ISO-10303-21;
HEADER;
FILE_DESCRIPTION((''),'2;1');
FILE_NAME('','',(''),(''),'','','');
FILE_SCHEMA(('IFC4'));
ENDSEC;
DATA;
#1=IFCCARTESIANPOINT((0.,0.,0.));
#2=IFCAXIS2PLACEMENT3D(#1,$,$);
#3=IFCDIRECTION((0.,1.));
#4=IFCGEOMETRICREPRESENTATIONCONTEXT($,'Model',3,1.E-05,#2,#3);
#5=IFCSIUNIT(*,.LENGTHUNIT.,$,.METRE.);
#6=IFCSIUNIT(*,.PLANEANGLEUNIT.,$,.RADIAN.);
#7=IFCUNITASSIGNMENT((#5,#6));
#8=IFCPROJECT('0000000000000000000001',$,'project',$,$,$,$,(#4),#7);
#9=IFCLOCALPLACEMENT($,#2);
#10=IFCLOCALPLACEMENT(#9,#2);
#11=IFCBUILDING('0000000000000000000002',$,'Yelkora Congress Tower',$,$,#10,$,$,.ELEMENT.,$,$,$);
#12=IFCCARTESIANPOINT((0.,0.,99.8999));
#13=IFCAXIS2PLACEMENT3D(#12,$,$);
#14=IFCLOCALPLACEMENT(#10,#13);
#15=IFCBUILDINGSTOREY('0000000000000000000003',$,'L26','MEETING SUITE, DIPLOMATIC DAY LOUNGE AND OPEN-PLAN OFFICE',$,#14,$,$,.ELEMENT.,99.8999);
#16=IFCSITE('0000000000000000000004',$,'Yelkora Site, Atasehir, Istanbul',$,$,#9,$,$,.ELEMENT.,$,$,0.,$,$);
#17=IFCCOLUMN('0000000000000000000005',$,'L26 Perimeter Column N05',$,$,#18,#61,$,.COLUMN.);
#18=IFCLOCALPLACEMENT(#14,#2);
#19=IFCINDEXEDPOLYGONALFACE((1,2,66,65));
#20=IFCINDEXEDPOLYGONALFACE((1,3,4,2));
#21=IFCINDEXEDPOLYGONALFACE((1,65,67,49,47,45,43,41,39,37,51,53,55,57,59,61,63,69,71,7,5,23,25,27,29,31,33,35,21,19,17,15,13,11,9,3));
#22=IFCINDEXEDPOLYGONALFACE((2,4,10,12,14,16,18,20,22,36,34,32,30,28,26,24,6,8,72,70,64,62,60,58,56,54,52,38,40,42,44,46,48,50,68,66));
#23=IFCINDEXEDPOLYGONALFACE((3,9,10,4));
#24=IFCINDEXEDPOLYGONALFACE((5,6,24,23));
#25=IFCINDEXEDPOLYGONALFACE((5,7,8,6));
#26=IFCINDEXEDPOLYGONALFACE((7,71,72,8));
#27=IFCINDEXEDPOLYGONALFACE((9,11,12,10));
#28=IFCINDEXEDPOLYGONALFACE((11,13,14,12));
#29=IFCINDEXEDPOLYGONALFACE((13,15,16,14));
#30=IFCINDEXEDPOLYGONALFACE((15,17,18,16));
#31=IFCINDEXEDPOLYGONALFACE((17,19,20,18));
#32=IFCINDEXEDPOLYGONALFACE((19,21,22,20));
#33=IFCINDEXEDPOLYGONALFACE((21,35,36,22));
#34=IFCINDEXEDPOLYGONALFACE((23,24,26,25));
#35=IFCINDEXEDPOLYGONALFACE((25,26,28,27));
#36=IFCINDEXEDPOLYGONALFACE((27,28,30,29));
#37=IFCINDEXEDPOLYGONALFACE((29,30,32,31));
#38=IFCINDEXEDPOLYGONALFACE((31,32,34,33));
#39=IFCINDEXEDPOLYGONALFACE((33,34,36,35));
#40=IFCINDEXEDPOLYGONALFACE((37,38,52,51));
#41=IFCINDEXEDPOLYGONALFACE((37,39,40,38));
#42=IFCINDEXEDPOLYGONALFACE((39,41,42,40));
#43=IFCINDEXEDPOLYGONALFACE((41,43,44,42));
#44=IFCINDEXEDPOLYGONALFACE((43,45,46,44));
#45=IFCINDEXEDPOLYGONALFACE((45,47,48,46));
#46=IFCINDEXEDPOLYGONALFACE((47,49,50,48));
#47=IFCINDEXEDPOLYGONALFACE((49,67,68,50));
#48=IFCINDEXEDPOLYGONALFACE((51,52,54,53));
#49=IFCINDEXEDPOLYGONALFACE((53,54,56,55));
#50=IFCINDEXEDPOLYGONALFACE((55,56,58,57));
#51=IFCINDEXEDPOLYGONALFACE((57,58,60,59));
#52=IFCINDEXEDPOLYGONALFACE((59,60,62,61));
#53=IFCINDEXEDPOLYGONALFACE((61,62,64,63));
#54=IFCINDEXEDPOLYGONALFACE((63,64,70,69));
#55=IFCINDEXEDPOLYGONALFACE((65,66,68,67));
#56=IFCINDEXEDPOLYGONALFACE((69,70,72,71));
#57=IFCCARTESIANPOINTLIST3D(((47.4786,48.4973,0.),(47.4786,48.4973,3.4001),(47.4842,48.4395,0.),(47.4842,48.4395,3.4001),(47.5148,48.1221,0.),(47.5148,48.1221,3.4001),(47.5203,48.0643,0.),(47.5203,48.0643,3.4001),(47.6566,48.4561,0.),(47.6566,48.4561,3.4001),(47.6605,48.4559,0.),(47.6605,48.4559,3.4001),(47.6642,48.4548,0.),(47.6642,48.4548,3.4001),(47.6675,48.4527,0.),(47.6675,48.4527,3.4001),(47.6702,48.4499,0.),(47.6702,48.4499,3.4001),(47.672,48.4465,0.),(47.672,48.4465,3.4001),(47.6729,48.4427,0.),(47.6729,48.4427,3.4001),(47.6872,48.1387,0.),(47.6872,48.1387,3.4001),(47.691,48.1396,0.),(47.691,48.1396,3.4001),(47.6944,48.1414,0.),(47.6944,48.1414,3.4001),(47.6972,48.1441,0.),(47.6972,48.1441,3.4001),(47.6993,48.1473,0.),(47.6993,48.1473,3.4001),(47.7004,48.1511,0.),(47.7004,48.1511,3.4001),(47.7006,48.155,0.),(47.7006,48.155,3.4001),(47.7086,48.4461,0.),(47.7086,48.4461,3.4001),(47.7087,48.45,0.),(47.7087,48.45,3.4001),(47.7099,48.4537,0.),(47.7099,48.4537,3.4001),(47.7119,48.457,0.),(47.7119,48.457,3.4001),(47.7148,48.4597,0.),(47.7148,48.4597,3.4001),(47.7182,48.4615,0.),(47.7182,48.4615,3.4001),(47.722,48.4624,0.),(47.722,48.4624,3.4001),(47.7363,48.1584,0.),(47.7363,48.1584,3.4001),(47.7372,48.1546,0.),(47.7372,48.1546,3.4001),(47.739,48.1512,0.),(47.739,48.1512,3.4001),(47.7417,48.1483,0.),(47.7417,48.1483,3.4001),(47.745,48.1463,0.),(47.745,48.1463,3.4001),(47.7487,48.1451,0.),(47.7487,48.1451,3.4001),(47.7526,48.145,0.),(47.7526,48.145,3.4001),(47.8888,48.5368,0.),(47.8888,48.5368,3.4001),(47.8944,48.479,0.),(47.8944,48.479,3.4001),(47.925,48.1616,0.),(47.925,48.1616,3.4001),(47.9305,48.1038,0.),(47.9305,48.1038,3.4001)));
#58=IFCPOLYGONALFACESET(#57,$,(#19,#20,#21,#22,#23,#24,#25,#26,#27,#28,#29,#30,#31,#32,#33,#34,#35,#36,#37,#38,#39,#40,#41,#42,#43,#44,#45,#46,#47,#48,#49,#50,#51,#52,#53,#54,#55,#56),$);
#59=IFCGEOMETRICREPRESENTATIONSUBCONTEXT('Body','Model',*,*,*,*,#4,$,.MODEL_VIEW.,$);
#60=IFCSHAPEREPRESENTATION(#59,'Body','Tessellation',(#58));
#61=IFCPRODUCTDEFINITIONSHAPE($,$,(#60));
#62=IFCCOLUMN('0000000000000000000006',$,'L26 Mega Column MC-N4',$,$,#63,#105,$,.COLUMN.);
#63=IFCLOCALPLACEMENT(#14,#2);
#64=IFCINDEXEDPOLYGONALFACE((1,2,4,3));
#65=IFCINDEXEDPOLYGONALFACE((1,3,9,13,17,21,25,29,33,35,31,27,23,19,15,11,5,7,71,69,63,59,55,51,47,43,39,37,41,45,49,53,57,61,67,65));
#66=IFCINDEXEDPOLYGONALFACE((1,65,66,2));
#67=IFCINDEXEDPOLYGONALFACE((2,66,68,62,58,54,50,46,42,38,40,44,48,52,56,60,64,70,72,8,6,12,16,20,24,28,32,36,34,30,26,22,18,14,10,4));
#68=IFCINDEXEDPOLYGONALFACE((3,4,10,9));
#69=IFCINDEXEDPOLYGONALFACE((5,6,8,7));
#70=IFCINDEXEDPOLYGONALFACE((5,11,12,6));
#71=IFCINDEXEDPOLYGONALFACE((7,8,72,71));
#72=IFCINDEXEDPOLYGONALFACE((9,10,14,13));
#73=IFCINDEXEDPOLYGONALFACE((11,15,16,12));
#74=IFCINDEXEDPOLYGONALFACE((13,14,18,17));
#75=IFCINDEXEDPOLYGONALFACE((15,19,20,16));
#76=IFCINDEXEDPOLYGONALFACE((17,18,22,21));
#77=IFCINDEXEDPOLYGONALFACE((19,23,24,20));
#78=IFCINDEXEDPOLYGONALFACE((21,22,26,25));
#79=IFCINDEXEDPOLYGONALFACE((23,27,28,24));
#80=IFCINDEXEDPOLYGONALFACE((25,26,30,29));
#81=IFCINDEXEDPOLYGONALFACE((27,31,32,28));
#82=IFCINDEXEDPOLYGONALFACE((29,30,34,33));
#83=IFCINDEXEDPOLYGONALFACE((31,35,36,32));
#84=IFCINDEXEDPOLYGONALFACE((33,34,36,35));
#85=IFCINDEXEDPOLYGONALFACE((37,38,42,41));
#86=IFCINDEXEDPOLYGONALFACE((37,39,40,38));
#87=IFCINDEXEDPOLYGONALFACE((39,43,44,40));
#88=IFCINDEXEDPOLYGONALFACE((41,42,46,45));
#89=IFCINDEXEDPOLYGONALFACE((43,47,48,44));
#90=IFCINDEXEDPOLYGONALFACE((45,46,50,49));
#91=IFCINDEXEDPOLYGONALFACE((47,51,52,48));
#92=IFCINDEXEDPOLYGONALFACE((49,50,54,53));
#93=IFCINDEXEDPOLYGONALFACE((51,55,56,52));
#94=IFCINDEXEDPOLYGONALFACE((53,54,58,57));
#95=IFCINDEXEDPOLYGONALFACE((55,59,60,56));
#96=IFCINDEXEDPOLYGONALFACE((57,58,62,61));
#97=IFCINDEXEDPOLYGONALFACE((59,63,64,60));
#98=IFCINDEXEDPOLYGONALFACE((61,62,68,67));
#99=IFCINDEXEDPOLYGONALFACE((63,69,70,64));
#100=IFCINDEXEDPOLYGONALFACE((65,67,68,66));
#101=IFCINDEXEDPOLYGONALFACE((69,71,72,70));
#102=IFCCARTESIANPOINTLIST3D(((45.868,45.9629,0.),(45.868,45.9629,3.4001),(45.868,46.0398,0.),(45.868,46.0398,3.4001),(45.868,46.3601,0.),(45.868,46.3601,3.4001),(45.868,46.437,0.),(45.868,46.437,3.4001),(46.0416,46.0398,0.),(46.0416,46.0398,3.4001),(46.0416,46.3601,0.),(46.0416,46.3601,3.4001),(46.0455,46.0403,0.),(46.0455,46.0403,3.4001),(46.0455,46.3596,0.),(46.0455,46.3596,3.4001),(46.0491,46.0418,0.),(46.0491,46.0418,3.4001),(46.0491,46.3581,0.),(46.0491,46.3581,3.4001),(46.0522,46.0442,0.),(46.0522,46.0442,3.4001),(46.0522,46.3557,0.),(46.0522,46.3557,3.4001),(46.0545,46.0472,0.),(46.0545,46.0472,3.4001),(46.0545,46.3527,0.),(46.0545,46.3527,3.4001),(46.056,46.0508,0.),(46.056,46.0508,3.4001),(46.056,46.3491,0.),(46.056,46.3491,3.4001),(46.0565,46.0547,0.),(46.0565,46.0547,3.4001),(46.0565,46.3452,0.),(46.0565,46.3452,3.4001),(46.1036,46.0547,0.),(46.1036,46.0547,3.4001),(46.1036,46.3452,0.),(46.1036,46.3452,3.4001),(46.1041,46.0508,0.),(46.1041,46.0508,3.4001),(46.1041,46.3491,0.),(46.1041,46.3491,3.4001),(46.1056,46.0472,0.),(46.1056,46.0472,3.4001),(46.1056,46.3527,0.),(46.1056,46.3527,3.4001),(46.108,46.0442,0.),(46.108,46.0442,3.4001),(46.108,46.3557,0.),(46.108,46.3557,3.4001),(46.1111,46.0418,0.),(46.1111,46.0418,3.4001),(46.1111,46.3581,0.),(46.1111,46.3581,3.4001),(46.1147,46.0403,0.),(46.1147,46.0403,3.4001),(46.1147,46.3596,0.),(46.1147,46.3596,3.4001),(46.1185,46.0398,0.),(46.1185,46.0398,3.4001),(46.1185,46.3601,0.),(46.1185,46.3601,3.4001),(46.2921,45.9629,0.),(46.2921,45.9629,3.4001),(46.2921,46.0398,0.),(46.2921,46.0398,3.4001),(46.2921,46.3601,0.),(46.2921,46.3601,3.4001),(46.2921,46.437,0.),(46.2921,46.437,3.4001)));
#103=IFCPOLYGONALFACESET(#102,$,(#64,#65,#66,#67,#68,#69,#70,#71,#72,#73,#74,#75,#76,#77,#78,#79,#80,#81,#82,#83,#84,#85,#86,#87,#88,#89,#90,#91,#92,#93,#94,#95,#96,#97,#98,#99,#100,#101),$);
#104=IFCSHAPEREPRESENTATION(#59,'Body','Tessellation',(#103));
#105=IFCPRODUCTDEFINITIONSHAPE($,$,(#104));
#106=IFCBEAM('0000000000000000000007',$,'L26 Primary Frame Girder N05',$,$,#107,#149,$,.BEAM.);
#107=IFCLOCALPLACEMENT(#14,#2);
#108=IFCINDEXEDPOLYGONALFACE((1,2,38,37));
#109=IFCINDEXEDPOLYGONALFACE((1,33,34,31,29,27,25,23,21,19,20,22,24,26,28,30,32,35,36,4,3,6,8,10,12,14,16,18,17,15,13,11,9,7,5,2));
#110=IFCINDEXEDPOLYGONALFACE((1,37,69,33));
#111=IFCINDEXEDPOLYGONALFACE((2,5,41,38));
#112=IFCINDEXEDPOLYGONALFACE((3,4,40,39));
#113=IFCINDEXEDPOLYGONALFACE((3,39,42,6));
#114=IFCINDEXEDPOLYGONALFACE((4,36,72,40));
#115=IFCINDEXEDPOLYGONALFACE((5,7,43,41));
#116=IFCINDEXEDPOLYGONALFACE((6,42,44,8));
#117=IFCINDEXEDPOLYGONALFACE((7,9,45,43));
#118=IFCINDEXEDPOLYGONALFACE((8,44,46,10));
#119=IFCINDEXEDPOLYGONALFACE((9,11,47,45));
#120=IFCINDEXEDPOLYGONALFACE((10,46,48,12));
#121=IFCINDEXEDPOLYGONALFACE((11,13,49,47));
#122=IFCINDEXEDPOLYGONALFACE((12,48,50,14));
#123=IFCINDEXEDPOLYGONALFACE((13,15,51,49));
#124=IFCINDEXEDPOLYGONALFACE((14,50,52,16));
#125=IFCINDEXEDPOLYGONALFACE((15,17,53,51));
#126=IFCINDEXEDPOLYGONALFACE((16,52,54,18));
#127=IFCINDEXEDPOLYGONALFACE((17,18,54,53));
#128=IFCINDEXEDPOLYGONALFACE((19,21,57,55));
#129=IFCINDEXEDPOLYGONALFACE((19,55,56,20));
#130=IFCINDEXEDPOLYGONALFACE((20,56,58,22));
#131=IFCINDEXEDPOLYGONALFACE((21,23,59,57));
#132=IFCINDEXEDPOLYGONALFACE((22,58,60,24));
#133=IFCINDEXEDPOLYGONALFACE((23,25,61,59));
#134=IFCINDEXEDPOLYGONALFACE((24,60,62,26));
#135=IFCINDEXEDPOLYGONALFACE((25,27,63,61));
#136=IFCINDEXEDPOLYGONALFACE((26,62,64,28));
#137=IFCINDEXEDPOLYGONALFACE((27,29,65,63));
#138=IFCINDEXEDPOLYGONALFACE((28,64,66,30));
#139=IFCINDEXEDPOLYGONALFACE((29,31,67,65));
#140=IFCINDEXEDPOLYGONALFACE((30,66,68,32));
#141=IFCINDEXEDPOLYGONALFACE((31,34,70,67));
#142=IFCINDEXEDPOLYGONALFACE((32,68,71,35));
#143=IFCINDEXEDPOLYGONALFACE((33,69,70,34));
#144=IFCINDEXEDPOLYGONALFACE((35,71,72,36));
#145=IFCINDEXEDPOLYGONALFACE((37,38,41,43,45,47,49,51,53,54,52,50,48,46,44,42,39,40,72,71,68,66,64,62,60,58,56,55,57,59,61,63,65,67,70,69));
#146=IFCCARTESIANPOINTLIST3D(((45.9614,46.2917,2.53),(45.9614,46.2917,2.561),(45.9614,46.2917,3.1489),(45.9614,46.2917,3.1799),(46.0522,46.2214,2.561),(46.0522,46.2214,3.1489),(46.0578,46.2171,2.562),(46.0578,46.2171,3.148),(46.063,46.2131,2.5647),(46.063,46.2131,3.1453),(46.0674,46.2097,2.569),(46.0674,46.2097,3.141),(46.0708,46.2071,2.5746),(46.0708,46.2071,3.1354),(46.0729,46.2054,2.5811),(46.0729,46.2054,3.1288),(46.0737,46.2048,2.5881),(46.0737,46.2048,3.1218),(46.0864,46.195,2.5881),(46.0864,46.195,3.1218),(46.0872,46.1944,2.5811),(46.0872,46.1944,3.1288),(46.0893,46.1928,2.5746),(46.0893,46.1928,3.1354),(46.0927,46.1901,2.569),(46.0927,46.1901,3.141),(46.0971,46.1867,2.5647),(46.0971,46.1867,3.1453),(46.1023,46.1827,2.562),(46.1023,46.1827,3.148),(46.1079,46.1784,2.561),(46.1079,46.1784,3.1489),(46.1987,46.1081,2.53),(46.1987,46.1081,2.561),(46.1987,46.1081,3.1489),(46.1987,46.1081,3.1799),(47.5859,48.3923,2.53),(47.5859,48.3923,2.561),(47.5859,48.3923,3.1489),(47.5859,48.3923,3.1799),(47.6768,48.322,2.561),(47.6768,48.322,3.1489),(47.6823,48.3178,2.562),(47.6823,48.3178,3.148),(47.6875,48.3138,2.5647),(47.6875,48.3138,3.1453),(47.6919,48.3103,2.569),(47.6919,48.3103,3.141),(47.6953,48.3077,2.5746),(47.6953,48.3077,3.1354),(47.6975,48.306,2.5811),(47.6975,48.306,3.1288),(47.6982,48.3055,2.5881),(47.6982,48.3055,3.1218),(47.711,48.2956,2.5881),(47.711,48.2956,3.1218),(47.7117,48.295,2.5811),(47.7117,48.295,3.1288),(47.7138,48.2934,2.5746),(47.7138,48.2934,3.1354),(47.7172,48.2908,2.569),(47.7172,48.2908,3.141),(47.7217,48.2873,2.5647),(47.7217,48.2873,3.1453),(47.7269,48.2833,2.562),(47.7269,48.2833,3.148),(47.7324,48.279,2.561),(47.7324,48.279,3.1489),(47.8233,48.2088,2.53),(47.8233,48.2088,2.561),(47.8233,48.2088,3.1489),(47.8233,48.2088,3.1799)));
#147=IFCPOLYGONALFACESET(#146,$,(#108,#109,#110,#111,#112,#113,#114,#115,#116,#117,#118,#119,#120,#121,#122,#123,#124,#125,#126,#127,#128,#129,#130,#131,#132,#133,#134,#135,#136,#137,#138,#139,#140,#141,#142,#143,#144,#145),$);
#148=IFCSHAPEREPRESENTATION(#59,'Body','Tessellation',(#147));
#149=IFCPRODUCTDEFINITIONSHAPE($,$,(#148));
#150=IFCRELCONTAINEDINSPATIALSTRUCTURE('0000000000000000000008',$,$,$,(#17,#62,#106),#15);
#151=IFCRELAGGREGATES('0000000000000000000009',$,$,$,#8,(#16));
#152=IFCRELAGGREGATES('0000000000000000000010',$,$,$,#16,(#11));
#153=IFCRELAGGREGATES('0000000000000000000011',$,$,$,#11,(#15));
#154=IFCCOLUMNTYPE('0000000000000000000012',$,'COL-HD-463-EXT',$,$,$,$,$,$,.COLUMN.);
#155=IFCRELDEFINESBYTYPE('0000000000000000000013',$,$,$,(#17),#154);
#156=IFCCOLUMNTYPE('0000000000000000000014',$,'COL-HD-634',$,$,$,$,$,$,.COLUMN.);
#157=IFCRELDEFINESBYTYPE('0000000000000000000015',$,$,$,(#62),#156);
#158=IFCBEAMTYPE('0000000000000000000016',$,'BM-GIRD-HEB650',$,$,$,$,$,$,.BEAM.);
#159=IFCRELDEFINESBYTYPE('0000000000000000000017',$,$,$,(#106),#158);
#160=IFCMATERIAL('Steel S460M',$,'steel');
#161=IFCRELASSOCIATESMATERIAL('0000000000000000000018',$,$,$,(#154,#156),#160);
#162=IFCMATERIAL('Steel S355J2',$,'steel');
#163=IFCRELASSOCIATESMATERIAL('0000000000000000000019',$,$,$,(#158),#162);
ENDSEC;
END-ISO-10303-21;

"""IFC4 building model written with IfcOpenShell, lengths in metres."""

from ifc_helpers import new_model, si_unit, direction, frame, origin, origin_2d, place, context, subcontext, project, spatial, i_section, extrude, material, material_profile, profile_set, type_object, element, save


model = new_model("IFC4")

# Units and contexts
model_context = context("Model", 3, precision=1e-05, world=origin(), true_north=direction((0.0, 1.0)))
body_context = subcontext(model_context, "Body", "Model", "MODEL_VIEW")
ifc_project = project(units=[si_unit("LENGTHUNIT", "METRE"), si_unit("PLANEANGLEUNIT", "RADIAN")], contexts=[model_context])

# Site, building, storey
site_placement = place(None, origin())
site = spatial("IfcSite", under=ifc_project, at=site_placement, Name="Yelkora Site, Atasehir, Istanbul", CompositionType="ELEMENT", RefElevation=0.0)
building_placement = place(site_placement, origin())
building = spatial("IfcBuilding", under=site, at=building_placement, Name="Yelkora Congress Tower", CompositionType="ELEMENT")
storey_placement = place(building_placement, frame((0.0, 0.0, 99.8999)))
storey = spatial("IfcBuildingStorey", under=building, at=storey_placement, Name="L26", Description="MEETING SUITE, DIPLOMATIC DAY LOUNGE AND OPEN-PLAN OFFICE", CompositionType="ELEMENT", Elevation=99.8999)

# Columns
ifc_material_1 = material(Name="Steel S460M", Category="steel")
ifc_material_profile_1 = material_profile(ifc_material_1, i_section(OverallWidth=0.4121, OverallDepth=0.4351, WebThickness=0.0359, FlangeThickness=0.0581, FilletRadius=0.0149, at=origin_2d()), Name="HD 400x463")
ifc_profile_set_1 = profile_set([ifc_material_profile_1], Name="Steel S460M")
column_type_1 = type_object("IfcColumnType", Name="COL-HD-463-EXT", PredefinedType="COLUMN", material=ifc_profile_set_1)
column_1_placement = place(storey_placement, frame((47.7046, 48.3005, 0.0), z_axis=(0.0, 0.0, 1.0), x_axis=(0.995396, 0.095846, 0.0)))
element("IfcColumn", 1, at=column_1_placement, inside=storey, type_object=column_type_1, Name="L26 Perimeter Column N05", PredefinedType="COLUMN", context=body_context, shape_type="SweptSolid", body=[
    extrude(i_section(OverallWidth=0.4121, OverallDepth=0.4351, WebThickness=0.0359, FlangeThickness=0.0581, FilletRadius=0.0149, at=origin_2d()), origin(), (0.0, 0.0, 1.0), 3.4001),
])
ifc_material_profile_2 = material_profile(ifc_material_1, i_section(OverallWidth=0.4241, OverallDepth=0.4741, WebThickness=0.0471, FlangeThickness=0.0769, FilletRadius=0.0149, at=origin_2d()), Name="HD 400x634")
ifc_profile_set_2 = profile_set([ifc_material_profile_2], Name="Steel S460M")
column_type_2 = type_object("IfcColumnType", Name="COL-HD-634", PredefinedType="COLUMN", material=ifc_profile_set_2)
column_2_placement = place(storey_placement, frame((46.0801, 46.2, 0.0), z_axis=(0.0, 0.0, 1.0), x_axis=(1.0, 0.0, 0.0)))
element("IfcColumn", 2, at=column_2_placement, inside=storey, type_object=column_type_2, Name="L26 Mega Column MC-N4", PredefinedType="COLUMN", context=body_context, shape_type="SweptSolid", body=[
    extrude(i_section(OverallWidth=0.4241, OverallDepth=0.4741, WebThickness=0.0471, FlangeThickness=0.0769, FilletRadius=0.0149, at=origin_2d()), origin(), (0.0, 0.0, 1.0), 3.4001),
])

# Beam
ifc_material_2 = material(Name="Steel S355J2", Category="steel")
ifc_material_profile_3 = material_profile(ifc_material_2, i_section(OverallWidth=0.3, OverallDepth=0.6499, WebThickness=0.0161, FlangeThickness=0.031, FilletRadius=0.0271, at=origin_2d()), Name="HEB 650")
ifc_profile_set_3 = profile_set([ifc_material_profile_3], Name="Steel S355J2")
beam_type_1 = type_object("IfcBeamType", Name="BM-GIRD-HEB650", PredefinedType="BEAM", material=ifc_profile_set_3)
beam_1_placement = place(storey_placement, frame((47.7046, 48.3005, 2.855), z_axis=(-0.611761, -0.791042, 0.0), x_axis=(0.791042, -0.611761, 0.0)))
element("IfcBeam", 3, at=beam_1_placement, inside=storey, type_object=beam_type_1, Name="L26 Primary Frame Girder N05", PredefinedType="BEAM", context=body_context, shape_type="SweptSolid", body=[
    extrude(i_section(OverallWidth=0.3, OverallDepth=0.6499, WebThickness=0.0161, FlangeThickness=0.031, FilletRadius=0.0271, at=origin_2d()), origin(), (0.0, 0.0, 1.0), 2.6555),
])

save(model, "model.ifc")
